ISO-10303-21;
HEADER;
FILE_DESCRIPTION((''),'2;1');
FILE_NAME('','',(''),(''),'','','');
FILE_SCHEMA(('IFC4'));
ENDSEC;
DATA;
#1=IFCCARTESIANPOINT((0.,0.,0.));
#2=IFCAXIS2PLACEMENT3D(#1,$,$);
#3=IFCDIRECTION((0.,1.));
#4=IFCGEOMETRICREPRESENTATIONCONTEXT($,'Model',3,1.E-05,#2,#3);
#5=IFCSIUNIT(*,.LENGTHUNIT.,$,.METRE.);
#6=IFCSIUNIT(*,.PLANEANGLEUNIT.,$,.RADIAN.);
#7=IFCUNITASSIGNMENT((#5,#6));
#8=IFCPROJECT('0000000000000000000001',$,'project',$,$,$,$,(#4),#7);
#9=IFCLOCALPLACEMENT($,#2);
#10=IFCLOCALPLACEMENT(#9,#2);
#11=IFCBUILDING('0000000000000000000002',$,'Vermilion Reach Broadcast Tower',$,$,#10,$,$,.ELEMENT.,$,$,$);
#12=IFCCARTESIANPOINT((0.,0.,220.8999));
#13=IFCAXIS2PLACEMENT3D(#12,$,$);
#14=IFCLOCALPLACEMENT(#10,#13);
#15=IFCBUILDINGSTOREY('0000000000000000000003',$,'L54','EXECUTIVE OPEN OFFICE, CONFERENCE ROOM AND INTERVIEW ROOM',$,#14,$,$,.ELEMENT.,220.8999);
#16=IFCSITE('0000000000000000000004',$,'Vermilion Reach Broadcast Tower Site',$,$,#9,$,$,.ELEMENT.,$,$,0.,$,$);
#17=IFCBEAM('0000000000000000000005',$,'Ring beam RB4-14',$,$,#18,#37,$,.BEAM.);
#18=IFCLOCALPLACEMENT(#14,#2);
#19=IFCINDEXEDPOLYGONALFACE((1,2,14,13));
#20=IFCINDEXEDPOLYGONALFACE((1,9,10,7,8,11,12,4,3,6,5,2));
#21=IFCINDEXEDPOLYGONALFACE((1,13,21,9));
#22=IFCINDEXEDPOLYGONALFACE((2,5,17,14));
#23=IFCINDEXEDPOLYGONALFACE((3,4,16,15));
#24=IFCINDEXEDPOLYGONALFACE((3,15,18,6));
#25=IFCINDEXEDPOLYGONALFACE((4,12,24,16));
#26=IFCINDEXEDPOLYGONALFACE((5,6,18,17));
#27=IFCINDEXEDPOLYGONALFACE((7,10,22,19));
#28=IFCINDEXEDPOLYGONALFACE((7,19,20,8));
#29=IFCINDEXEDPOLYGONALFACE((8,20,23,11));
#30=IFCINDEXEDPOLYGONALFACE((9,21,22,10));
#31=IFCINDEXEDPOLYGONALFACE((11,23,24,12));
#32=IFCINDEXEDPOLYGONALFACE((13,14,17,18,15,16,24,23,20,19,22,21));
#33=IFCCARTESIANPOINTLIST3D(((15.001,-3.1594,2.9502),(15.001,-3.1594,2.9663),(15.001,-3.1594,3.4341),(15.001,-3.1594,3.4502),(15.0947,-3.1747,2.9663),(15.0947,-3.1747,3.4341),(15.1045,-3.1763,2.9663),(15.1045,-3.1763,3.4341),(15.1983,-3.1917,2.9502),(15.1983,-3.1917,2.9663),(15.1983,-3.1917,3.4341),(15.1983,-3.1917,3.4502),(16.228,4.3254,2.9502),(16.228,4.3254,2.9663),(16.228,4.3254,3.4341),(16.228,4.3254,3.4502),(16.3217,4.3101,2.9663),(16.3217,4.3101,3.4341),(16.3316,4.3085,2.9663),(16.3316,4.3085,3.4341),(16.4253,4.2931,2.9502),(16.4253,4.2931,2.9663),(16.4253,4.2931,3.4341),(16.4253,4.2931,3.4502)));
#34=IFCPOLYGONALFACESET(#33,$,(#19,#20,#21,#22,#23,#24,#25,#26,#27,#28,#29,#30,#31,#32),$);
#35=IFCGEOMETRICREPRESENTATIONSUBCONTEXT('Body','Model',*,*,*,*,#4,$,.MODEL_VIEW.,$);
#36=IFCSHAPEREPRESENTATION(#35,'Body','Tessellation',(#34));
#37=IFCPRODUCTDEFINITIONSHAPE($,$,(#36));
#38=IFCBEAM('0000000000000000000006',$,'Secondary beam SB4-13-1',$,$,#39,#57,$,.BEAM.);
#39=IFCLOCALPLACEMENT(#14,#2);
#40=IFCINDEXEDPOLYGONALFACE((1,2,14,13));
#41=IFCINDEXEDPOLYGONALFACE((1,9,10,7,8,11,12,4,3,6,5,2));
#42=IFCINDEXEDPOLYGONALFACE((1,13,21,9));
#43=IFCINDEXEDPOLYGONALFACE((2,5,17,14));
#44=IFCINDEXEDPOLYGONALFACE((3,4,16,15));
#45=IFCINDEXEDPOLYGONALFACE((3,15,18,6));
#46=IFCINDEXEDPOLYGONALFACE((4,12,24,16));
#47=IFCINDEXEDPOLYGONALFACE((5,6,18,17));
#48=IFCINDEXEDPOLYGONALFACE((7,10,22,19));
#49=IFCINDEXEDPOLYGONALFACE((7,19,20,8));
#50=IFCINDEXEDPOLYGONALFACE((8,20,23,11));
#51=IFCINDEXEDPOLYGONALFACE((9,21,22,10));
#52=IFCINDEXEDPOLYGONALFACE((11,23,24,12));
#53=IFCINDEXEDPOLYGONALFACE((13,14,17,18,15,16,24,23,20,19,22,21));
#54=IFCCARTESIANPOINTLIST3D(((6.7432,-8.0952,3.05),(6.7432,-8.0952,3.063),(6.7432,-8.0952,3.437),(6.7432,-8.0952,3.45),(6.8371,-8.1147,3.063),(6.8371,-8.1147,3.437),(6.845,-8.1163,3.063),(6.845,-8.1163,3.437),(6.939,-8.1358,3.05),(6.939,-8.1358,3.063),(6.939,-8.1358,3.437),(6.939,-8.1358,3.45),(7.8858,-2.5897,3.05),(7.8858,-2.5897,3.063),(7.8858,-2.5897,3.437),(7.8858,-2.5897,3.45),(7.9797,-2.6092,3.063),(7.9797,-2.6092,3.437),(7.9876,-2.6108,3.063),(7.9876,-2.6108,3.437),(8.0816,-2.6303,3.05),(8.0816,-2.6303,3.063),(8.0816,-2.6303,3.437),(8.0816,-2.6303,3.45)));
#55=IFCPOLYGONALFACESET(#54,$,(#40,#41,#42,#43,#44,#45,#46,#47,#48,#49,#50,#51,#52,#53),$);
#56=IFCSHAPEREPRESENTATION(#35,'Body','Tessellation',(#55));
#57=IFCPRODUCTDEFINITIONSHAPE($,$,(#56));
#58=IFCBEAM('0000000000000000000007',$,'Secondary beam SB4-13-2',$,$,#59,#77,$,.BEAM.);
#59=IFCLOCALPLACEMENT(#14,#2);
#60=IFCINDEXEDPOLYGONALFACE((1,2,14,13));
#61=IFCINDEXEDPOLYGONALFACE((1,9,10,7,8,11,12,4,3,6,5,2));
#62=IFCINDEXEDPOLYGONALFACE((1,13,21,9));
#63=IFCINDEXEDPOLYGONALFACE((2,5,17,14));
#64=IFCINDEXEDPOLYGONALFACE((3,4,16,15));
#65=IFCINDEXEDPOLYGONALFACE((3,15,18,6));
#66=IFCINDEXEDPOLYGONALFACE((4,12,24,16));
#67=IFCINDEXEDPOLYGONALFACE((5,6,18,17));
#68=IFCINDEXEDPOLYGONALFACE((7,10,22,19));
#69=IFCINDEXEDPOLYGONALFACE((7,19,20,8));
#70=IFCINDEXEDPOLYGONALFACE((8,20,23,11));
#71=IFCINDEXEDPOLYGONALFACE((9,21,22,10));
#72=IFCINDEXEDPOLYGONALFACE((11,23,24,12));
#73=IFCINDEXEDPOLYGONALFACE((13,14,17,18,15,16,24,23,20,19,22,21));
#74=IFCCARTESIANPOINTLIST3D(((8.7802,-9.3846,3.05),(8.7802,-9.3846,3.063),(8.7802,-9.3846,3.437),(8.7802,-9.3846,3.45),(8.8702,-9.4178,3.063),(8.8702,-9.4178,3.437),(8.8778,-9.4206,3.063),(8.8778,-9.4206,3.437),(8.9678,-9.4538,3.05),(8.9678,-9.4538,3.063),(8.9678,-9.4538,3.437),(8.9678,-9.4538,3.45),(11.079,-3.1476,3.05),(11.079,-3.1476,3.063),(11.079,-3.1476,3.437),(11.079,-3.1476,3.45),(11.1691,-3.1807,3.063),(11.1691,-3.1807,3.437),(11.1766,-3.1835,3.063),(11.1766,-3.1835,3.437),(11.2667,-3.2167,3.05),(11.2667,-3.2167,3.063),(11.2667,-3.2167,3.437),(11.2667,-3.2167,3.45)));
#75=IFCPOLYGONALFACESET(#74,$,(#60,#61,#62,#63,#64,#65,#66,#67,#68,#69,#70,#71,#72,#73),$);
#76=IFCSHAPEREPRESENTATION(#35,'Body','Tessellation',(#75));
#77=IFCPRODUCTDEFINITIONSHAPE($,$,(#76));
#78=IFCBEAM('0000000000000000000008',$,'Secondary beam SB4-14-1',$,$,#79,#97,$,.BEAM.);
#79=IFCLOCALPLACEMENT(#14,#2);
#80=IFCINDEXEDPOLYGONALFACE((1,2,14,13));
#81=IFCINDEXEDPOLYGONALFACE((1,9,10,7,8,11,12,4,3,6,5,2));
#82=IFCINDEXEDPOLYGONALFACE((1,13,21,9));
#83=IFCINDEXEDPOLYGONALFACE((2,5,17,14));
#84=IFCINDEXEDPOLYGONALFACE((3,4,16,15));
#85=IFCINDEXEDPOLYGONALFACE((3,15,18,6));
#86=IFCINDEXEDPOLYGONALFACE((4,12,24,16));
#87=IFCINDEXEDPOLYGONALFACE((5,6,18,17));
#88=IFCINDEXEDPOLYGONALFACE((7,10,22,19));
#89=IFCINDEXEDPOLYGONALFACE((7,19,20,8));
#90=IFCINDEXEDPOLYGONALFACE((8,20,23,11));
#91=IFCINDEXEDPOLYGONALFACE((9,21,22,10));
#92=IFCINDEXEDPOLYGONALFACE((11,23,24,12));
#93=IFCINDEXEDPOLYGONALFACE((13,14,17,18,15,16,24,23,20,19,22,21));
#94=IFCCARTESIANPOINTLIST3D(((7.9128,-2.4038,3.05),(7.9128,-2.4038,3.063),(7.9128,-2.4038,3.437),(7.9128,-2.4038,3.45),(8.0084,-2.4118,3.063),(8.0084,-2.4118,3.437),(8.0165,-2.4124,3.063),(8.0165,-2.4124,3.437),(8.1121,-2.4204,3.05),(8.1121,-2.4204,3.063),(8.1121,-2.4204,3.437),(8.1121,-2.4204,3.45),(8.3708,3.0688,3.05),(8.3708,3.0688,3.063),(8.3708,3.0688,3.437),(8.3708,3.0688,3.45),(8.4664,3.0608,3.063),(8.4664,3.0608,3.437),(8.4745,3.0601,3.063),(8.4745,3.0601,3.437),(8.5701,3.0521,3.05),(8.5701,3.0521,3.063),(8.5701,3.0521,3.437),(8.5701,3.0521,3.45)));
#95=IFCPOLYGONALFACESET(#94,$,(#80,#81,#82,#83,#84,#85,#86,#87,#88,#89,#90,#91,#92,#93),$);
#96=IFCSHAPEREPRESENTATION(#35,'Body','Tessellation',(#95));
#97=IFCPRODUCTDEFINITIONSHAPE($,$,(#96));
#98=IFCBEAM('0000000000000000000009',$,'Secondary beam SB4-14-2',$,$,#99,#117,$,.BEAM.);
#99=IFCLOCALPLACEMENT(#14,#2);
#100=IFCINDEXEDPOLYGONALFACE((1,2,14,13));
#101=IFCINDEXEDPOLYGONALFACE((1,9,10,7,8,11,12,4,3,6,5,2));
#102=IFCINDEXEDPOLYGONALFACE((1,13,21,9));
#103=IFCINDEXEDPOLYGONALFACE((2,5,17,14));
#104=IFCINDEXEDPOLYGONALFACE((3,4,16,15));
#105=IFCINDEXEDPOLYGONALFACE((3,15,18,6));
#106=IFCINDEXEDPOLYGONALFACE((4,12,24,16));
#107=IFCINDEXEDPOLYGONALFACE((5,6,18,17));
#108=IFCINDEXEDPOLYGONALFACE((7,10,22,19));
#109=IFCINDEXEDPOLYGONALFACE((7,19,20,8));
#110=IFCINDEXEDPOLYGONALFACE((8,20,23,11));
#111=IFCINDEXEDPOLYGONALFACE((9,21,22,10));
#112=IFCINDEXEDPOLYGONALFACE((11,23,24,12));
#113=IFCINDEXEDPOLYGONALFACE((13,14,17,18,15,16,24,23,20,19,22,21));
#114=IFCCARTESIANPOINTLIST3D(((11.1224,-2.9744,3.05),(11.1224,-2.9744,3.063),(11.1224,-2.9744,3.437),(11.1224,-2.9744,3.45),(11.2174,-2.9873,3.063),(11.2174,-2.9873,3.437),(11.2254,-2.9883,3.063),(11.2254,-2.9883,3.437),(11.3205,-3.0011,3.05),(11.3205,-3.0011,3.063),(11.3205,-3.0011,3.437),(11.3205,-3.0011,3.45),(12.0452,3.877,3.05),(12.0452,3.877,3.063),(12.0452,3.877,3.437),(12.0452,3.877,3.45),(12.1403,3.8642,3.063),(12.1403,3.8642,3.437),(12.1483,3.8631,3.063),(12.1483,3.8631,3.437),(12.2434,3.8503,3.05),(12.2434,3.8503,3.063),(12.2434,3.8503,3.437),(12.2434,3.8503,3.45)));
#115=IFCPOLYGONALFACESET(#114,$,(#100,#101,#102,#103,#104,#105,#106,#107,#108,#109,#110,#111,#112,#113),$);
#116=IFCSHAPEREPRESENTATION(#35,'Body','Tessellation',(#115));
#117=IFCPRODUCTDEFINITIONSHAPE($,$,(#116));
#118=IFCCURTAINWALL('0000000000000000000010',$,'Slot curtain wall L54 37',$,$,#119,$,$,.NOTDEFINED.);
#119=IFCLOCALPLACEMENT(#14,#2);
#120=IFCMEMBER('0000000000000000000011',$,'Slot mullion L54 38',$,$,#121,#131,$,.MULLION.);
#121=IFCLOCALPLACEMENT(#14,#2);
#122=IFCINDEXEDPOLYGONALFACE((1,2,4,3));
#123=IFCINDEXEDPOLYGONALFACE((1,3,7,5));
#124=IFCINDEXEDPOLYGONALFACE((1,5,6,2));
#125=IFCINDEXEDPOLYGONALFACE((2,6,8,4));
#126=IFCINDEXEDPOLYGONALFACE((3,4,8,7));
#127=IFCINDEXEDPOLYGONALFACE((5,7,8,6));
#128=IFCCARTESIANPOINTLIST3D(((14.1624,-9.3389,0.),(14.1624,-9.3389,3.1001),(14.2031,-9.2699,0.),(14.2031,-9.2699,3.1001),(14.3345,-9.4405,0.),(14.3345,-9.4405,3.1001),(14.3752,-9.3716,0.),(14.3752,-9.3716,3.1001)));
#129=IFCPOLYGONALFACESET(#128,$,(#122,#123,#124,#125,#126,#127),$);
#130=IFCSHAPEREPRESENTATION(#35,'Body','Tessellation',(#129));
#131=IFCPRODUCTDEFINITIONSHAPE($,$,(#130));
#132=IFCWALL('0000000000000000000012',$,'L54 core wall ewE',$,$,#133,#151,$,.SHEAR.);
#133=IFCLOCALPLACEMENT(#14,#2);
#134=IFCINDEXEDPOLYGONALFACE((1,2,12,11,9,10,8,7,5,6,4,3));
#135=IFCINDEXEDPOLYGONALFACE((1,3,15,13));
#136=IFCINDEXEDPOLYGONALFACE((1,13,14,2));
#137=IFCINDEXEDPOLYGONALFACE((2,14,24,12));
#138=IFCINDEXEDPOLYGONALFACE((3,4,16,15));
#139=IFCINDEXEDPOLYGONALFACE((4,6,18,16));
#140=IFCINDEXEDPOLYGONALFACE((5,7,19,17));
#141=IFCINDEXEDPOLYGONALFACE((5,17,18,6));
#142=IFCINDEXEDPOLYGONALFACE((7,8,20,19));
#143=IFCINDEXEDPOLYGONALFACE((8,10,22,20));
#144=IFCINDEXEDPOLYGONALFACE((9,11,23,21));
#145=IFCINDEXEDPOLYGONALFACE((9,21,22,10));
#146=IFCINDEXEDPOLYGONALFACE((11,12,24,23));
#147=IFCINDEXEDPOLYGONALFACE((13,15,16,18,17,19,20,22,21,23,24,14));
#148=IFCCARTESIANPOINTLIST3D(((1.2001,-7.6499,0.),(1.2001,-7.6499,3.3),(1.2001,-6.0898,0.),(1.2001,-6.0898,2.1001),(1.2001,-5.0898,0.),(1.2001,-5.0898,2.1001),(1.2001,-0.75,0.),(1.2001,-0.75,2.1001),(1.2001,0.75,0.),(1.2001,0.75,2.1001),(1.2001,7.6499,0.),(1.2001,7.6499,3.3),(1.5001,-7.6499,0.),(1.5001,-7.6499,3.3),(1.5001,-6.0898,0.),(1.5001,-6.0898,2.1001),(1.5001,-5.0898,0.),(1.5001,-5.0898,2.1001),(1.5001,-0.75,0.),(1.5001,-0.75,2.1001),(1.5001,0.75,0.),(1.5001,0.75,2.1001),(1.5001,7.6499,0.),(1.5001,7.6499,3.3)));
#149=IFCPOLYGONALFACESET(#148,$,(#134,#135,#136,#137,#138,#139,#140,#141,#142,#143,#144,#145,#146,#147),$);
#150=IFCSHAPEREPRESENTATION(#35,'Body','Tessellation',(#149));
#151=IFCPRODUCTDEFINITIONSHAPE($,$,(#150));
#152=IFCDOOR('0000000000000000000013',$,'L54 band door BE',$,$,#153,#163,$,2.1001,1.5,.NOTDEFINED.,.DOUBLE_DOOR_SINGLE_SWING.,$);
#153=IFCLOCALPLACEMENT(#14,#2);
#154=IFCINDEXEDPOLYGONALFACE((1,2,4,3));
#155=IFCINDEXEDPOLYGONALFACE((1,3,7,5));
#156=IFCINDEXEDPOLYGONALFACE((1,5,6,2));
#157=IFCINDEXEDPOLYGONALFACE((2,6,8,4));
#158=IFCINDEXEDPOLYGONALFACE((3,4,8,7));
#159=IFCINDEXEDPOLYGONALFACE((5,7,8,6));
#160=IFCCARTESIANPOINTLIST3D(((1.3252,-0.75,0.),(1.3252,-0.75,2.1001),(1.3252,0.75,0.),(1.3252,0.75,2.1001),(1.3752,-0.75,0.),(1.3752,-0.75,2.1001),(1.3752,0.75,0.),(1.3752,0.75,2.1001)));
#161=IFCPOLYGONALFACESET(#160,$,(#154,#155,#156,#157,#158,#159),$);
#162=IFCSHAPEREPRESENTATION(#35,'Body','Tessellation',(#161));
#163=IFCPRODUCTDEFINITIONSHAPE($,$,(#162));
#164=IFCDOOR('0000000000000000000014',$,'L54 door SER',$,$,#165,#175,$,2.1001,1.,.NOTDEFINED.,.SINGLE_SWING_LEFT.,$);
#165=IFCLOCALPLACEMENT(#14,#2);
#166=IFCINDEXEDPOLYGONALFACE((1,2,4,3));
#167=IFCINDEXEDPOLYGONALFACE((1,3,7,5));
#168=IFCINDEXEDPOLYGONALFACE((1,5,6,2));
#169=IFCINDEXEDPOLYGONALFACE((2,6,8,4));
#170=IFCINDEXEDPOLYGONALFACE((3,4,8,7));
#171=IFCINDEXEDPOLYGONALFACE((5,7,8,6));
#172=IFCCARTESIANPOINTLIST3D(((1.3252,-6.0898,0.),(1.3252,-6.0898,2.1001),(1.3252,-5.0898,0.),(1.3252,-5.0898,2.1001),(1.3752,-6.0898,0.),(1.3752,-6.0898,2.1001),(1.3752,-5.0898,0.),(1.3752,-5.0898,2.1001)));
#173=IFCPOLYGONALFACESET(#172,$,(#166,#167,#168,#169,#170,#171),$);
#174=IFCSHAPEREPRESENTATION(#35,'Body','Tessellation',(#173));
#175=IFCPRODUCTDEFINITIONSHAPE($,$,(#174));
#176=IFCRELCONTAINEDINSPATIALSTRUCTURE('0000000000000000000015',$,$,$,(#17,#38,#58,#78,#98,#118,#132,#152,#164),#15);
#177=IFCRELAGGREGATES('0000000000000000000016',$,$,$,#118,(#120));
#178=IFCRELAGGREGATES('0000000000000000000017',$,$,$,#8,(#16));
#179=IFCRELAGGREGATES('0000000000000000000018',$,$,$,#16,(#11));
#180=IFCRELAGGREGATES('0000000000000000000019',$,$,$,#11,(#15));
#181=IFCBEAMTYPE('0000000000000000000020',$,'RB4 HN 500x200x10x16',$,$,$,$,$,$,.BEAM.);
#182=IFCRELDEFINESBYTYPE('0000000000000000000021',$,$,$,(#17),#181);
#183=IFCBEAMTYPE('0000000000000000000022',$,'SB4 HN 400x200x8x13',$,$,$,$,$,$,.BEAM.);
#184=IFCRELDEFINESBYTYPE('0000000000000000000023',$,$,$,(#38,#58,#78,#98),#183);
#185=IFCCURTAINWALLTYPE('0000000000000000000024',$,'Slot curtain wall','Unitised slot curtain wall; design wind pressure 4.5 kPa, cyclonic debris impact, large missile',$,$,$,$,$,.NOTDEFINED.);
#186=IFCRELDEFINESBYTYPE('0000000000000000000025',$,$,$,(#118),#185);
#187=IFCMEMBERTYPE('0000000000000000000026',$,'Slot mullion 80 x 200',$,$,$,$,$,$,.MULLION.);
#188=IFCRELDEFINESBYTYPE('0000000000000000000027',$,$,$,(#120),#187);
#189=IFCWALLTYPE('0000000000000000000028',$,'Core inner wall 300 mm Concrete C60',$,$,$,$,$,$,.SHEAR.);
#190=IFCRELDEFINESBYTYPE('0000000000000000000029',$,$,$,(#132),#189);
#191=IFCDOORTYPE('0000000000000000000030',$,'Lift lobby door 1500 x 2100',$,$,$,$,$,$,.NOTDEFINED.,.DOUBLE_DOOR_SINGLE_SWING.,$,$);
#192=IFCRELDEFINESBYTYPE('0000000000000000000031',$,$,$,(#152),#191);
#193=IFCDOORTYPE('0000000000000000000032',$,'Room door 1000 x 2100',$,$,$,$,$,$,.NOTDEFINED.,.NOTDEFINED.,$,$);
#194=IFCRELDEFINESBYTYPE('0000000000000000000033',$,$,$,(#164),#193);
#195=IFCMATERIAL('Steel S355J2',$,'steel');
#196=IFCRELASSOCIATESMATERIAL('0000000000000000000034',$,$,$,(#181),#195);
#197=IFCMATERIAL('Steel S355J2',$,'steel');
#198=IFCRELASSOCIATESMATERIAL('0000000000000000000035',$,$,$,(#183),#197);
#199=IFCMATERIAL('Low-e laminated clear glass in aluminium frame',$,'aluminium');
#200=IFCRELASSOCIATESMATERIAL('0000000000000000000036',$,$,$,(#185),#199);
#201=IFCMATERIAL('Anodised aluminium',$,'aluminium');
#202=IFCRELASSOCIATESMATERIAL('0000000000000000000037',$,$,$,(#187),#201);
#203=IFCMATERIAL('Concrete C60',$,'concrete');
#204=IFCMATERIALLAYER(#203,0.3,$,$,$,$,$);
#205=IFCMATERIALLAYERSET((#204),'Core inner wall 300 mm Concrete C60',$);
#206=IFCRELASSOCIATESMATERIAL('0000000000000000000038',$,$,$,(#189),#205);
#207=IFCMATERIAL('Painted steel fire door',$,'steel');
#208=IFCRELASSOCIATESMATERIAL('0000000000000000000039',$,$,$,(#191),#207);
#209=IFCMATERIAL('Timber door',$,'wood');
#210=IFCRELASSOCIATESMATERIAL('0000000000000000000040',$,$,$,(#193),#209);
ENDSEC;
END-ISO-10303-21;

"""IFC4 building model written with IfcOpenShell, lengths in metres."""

from ifc_helpers import new_model, si_unit, direction, frame, frame_2d, origin, origin_2d, place, context, subcontext, project, spatial, rectangle, i_section, extrude, material, layer, layer_set, material_profile, profile_set, type_object, element, fill, aggregate, save


model = new_model("IFC4")

# Units and contexts
model_context = context("Model", 3, precision=1e-05, world=origin(), true_north=direction((0.0, 1.0)))
body_context = subcontext(model_context, "Body", "Model", "MODEL_VIEW")
ifc_project = project(units=[si_unit("LENGTHUNIT", "METRE"), si_unit("PLANEANGLEUNIT", "RADIAN")], contexts=[model_context])

# Site, building, storey
site_placement = place(None, origin())
site = spatial("IfcSite", under=ifc_project, at=site_placement, Name="Vermilion Reach Broadcast Tower Site", CompositionType="ELEMENT", RefElevation=0.0)
building_placement = place(site_placement, origin())
building = spatial("IfcBuilding", under=site, at=building_placement, Name="Vermilion Reach Broadcast Tower", CompositionType="ELEMENT")
storey_placement = place(building_placement, frame((0.0, 0.0, 220.8999)))
storey = spatial("IfcBuildingStorey", under=building, at=storey_placement, Name="L54", Description="EXECUTIVE OPEN OFFICE, CONFERENCE ROOM AND INTERVIEW ROOM", CompositionType="ELEMENT", Elevation=220.8999)

# Beams
ifc_material_1 = material(Name="Steel S355J2", Category="steel")
ifc_material_profile_1 = material_profile(ifc_material_1, i_section(OverallWidth=0.2, OverallDepth=0.5, WebThickness=0.01, FlangeThickness=0.0161, at=origin_2d()), Name="S355J2 HN 500x200x10x16")
ifc_profile_set_1 = profile_set([ifc_material_profile_1], Name="Steel S355J2")
beam_type_1 = type_object("IfcBeamType", Name="RB4 HN 500x200x10x16", PredefinedType="BEAM", material=ifc_profile_set_1)
beam_1_placement = place(storey_placement, frame((15.0996, -3.1755, 3.2002), z_axis=(0.161778, 0.986827, 0.0), x_axis=(-0.986827, 0.161778, 0.0)))
element("IfcBeam", 1, at=beam_1_placement, inside=storey, type_object=beam_type_1, Name="Ring beam RB4-14", PredefinedType="BEAM", context=body_context, shape_type="SweptSolid", body=[
    extrude(i_section(OverallWidth=0.2, OverallDepth=0.5, WebThickness=0.01, FlangeThickness=0.0161, at=origin_2d()), origin(), (0.0, 0.0, 1.0), 7.5847),
])
ifc_material_2 = material(Name="Steel S355J2", Category="steel")
ifc_material_profile_2 = material_profile(ifc_material_2, i_section(OverallWidth=0.2, OverallDepth=0.3999, WebThickness=0.0081, FlangeThickness=0.0129, at=origin_2d()), Name="S355J2 HN 400x200x8x13")
ifc_profile_set_2 = profile_set([ifc_material_profile_2], Name="Steel S355J2")
beam_type_2 = type_object("IfcBeamType", Name="SB4 HN 400x200x8x13", PredefinedType="BEAM", material=ifc_profile_set_2)
beam_2_placement = place(storey_placement, frame((6.8411, -8.1155, 3.25), z_axis=(0.203209, 0.979135, 0.0), x_axis=(-0.979135, 0.203209, 0.0)))
element("IfcBeam", 2, at=beam_2_placement, inside=storey, type_object=beam_type_2, Name="Secondary beam SB4-13-1", PredefinedType="BEAM", context=body_context, shape_type="SweptSolid", body=[
    extrude(i_section(OverallWidth=0.2, OverallDepth=0.3999, WebThickness=0.0081, FlangeThickness=0.0129, at=origin_2d()), origin(), (0.0, 0.0, 1.0), 5.6228),
])
beam_3_placement = place(storey_placement, frame((8.874, -9.4192, 3.25), z_axis=(0.345833, 0.938296, 0.0), x_axis=(-0.938296, 0.345833, 0.0)))
element("IfcBeam", 3, at=beam_3_placement, inside=storey, type_object=beam_type_2, Name="Secondary beam SB4-13-2", PredefinedType="BEAM", context=body_context, shape_type="SweptSolid", body=[
    extrude(i_section(OverallWidth=0.2, OverallDepth=0.3999, WebThickness=0.0081, FlangeThickness=0.0129, at=origin_2d()), origin(), (0.0, 0.0, 1.0), 6.6472),
])
beam_4_placement = place(storey_placement, frame((8.0125, -2.4121, 3.25), z_axis=(0.083399, 0.996516, 0.0), x_axis=(-0.996516, 0.083399, 0.0)))
element("IfcBeam", 4, at=beam_4_placement, inside=storey, type_object=beam_type_2, Name="Secondary beam SB4-14-1", PredefinedType="BEAM", context=body_context, shape_type="SweptSolid", body=[
    extrude(i_section(OverallWidth=0.2, OverallDepth=0.3999, WebThickness=0.0081, FlangeThickness=0.0129, at=origin_2d()), origin(), (0.0, 0.0, 1.0), 5.4917),
])
beam_5_placement = place(storey_placement, frame((11.2214, -2.9878, 3.25), z_axis=(0.133487, 0.991051, 0.0), x_axis=(-0.991051, 0.133487, 0.0)))
element("IfcBeam", 5, at=beam_5_placement, inside=storey, type_object=beam_type_2, Name="Secondary beam SB4-14-2", PredefinedType="BEAM", context=body_context, shape_type="SweptSolid", body=[
    extrude(i_section(OverallWidth=0.2, OverallDepth=0.3999, WebThickness=0.0081, FlangeThickness=0.0129, at=origin_2d()), origin(), (0.0, 0.0, 1.0), 6.9133),
])

# Curtain wall, member
ifc_material_3 = material(Name="Low-e laminated clear glass in aluminium frame", Category="aluminium")
curtain_wall_type = type_object("IfcCurtainWallType", Name="Slot curtain wall", Description="Unitised slot curtain wall; design wind pressure 4.5 kPa, cyclonic debris impact, large missile", PredefinedType="NOTDEFINED", material=ifc_material_3)
curtain_wall_placement = place(storey_placement, origin())
curtain_wall = element("IfcCurtainWall", 6, at=curtain_wall_placement, inside=storey, type_object=curtain_wall_type, Name="Slot curtain wall L54 37", PredefinedType="NOTDEFINED")
ifc_material_4 = material(Name="Anodised aluminium", Category="aluminium")
ifc_material_profile_3 = material_profile(ifc_material_4, rectangle(XDim=0.2, YDim=0.0801, at=origin_2d()), Name="Slot mullion 80 x 200")
ifc_profile_set_3 = profile_set([ifc_material_profile_3], Name="Anodised aluminium")
member_type = type_object("IfcMemberType", Name="Slot mullion 80 x 200", PredefinedType="MULLION", material=ifc_profile_set_3)
member_placement = place(storey_placement, frame((14.2688, -9.3552, 0.0), z_axis=(0.0, 0.0, 1.0), x_axis=(-0.861106, 0.508425, 0.0)))
member = element("IfcMember", 7, at=member_placement, type_object=member_type, Name="Slot mullion L54 38", PredefinedType="MULLION", context=body_context, shape_type="SweptSolid", body=[
    extrude(rectangle(XDim=0.2, YDim=0.0801, at=origin_2d()), origin(), (0.0, 0.0, 1.0), 3.1001),
])
aggregate(curtain_wall, [member])

# Wall, openings, doors
ifc_material_5 = material(Name="Concrete C60", Category="concrete")
ifc_layer_1 = layer(ifc_material_5, 0.3)
ifc_layer_set_1 = layer_set([ifc_layer_1], Name="Core inner wall 300 mm Concrete C60")
wall_type_1 = type_object("IfcWallType", Name="Core inner wall 300 mm Concrete C60", PredefinedType="SHEAR", material=ifc_layer_set_1)
wall_1_placement = place(storey_placement, frame((1.3501, -7.6499, 0.0), z_axis=(0.0, 0.0, 1.0), x_axis=(0.0, 1.0, 0.0)))
wall_1 = element("IfcWall", 8, at=wall_1_placement, inside=storey, type_object=wall_type_1, Name="L54 core wall ewE", PredefinedType="SHEAR", context=body_context, shape_type="SweptSolid", body=[
    extrude(rectangle(XDim=15.2998, YDim=0.3, at=frame_2d((7.6499, 0.0))), origin(), (0.0, 0.0, 1.0), 3.3),
])
opening_1_placement = place(wall_1_placement, frame((1.5601, 0.0, 0.0)))
opening_1 = element("IfcOpeningElement", 9, at=opening_1_placement, cuts=wall_1, PredefinedType="OPENING", context=body_context, shape_type="SweptSolid", body=[
    extrude(rectangle(XDim=1.0, YDim=2.1001, at=frame_2d((0.5, 1.05))), frame((0.0, 0.1599, 0.0), z_axis=(0.0, -1.0, 0.0), x_axis=(1.0, 0.0, 0.0)), (0.0, 0.0, 1.0), 0.3201),
])
opening_2_placement = place(wall_1_placement, frame((6.8999, 0.0, 0.0)))
opening_2 = element("IfcOpeningElement", 10, at=opening_2_placement, cuts=wall_1, PredefinedType="OPENING", context=body_context, shape_type="SweptSolid", body=[
    extrude(rectangle(XDim=1.5, YDim=2.1001, at=frame_2d((0.75, 1.05))), frame((0.0, 0.1599, 0.0), z_axis=(0.0, -1.0, 0.0), x_axis=(1.0, 0.0, 0.0)), (0.0, 0.0, 1.0), 0.3201),
])
ifc_material_6 = material(Name="Painted steel fire door", Category="steel")
door_type_1 = type_object("IfcDoorType", Name="Lift lobby door 1500 x 2100", OperationType="DOUBLE_DOOR_SINGLE_SWING", PredefinedType="NOTDEFINED", material=ifc_material_6)
door_1_placement = place(opening_2_placement, origin())
door_1 = element("IfcDoor", 11, at=door_1_placement, inside=storey, type_object=door_type_1, Name="L54 band door BE", OperationType="DOUBLE_DOOR_SINGLE_SWING", OverallHeight=2.1001, OverallWidth=1.5, PredefinedType="NOTDEFINED", context=body_context, shape_type="SweptSolid", body=[
    extrude(rectangle(XDim=1.5, YDim=2.1001, at=frame_2d((0.75, 1.05))), frame((0.0, 0.0249, 0.0), z_axis=(0.0, -1.0, 0.0), x_axis=(1.0, 0.0, 0.0)), (0.0, 0.0, 1.0), 0.05),
])
fill(opening_2, door_1)
ifc_material_7 = material(Name="Timber door", Category="wood")
door_type_2 = type_object("IfcDoorType", Name="Room door 1000 x 2100", OperationType="NOTDEFINED", PredefinedType="NOTDEFINED", material=ifc_material_7)
door_2_placement = place(opening_1_placement, origin())
door_2 = element("IfcDoor", 12, at=door_2_placement, inside=storey, type_object=door_type_2, Name="L54 door SER", OperationType="SINGLE_SWING_LEFT", OverallHeight=2.1001, OverallWidth=1.0, PredefinedType="NOTDEFINED", context=body_context, shape_type="SweptSolid", body=[
    extrude(rectangle(XDim=1.0, YDim=2.1001, at=frame_2d((0.5, 1.05))), frame((0.0, 0.0249, 0.0), z_axis=(0.0, -1.0, 0.0), x_axis=(1.0, 0.0, 0.0)), (0.0, 0.0, 1.0), 0.05),
])
fill(opening_1, door_2)

save(model, "model.ifc")
